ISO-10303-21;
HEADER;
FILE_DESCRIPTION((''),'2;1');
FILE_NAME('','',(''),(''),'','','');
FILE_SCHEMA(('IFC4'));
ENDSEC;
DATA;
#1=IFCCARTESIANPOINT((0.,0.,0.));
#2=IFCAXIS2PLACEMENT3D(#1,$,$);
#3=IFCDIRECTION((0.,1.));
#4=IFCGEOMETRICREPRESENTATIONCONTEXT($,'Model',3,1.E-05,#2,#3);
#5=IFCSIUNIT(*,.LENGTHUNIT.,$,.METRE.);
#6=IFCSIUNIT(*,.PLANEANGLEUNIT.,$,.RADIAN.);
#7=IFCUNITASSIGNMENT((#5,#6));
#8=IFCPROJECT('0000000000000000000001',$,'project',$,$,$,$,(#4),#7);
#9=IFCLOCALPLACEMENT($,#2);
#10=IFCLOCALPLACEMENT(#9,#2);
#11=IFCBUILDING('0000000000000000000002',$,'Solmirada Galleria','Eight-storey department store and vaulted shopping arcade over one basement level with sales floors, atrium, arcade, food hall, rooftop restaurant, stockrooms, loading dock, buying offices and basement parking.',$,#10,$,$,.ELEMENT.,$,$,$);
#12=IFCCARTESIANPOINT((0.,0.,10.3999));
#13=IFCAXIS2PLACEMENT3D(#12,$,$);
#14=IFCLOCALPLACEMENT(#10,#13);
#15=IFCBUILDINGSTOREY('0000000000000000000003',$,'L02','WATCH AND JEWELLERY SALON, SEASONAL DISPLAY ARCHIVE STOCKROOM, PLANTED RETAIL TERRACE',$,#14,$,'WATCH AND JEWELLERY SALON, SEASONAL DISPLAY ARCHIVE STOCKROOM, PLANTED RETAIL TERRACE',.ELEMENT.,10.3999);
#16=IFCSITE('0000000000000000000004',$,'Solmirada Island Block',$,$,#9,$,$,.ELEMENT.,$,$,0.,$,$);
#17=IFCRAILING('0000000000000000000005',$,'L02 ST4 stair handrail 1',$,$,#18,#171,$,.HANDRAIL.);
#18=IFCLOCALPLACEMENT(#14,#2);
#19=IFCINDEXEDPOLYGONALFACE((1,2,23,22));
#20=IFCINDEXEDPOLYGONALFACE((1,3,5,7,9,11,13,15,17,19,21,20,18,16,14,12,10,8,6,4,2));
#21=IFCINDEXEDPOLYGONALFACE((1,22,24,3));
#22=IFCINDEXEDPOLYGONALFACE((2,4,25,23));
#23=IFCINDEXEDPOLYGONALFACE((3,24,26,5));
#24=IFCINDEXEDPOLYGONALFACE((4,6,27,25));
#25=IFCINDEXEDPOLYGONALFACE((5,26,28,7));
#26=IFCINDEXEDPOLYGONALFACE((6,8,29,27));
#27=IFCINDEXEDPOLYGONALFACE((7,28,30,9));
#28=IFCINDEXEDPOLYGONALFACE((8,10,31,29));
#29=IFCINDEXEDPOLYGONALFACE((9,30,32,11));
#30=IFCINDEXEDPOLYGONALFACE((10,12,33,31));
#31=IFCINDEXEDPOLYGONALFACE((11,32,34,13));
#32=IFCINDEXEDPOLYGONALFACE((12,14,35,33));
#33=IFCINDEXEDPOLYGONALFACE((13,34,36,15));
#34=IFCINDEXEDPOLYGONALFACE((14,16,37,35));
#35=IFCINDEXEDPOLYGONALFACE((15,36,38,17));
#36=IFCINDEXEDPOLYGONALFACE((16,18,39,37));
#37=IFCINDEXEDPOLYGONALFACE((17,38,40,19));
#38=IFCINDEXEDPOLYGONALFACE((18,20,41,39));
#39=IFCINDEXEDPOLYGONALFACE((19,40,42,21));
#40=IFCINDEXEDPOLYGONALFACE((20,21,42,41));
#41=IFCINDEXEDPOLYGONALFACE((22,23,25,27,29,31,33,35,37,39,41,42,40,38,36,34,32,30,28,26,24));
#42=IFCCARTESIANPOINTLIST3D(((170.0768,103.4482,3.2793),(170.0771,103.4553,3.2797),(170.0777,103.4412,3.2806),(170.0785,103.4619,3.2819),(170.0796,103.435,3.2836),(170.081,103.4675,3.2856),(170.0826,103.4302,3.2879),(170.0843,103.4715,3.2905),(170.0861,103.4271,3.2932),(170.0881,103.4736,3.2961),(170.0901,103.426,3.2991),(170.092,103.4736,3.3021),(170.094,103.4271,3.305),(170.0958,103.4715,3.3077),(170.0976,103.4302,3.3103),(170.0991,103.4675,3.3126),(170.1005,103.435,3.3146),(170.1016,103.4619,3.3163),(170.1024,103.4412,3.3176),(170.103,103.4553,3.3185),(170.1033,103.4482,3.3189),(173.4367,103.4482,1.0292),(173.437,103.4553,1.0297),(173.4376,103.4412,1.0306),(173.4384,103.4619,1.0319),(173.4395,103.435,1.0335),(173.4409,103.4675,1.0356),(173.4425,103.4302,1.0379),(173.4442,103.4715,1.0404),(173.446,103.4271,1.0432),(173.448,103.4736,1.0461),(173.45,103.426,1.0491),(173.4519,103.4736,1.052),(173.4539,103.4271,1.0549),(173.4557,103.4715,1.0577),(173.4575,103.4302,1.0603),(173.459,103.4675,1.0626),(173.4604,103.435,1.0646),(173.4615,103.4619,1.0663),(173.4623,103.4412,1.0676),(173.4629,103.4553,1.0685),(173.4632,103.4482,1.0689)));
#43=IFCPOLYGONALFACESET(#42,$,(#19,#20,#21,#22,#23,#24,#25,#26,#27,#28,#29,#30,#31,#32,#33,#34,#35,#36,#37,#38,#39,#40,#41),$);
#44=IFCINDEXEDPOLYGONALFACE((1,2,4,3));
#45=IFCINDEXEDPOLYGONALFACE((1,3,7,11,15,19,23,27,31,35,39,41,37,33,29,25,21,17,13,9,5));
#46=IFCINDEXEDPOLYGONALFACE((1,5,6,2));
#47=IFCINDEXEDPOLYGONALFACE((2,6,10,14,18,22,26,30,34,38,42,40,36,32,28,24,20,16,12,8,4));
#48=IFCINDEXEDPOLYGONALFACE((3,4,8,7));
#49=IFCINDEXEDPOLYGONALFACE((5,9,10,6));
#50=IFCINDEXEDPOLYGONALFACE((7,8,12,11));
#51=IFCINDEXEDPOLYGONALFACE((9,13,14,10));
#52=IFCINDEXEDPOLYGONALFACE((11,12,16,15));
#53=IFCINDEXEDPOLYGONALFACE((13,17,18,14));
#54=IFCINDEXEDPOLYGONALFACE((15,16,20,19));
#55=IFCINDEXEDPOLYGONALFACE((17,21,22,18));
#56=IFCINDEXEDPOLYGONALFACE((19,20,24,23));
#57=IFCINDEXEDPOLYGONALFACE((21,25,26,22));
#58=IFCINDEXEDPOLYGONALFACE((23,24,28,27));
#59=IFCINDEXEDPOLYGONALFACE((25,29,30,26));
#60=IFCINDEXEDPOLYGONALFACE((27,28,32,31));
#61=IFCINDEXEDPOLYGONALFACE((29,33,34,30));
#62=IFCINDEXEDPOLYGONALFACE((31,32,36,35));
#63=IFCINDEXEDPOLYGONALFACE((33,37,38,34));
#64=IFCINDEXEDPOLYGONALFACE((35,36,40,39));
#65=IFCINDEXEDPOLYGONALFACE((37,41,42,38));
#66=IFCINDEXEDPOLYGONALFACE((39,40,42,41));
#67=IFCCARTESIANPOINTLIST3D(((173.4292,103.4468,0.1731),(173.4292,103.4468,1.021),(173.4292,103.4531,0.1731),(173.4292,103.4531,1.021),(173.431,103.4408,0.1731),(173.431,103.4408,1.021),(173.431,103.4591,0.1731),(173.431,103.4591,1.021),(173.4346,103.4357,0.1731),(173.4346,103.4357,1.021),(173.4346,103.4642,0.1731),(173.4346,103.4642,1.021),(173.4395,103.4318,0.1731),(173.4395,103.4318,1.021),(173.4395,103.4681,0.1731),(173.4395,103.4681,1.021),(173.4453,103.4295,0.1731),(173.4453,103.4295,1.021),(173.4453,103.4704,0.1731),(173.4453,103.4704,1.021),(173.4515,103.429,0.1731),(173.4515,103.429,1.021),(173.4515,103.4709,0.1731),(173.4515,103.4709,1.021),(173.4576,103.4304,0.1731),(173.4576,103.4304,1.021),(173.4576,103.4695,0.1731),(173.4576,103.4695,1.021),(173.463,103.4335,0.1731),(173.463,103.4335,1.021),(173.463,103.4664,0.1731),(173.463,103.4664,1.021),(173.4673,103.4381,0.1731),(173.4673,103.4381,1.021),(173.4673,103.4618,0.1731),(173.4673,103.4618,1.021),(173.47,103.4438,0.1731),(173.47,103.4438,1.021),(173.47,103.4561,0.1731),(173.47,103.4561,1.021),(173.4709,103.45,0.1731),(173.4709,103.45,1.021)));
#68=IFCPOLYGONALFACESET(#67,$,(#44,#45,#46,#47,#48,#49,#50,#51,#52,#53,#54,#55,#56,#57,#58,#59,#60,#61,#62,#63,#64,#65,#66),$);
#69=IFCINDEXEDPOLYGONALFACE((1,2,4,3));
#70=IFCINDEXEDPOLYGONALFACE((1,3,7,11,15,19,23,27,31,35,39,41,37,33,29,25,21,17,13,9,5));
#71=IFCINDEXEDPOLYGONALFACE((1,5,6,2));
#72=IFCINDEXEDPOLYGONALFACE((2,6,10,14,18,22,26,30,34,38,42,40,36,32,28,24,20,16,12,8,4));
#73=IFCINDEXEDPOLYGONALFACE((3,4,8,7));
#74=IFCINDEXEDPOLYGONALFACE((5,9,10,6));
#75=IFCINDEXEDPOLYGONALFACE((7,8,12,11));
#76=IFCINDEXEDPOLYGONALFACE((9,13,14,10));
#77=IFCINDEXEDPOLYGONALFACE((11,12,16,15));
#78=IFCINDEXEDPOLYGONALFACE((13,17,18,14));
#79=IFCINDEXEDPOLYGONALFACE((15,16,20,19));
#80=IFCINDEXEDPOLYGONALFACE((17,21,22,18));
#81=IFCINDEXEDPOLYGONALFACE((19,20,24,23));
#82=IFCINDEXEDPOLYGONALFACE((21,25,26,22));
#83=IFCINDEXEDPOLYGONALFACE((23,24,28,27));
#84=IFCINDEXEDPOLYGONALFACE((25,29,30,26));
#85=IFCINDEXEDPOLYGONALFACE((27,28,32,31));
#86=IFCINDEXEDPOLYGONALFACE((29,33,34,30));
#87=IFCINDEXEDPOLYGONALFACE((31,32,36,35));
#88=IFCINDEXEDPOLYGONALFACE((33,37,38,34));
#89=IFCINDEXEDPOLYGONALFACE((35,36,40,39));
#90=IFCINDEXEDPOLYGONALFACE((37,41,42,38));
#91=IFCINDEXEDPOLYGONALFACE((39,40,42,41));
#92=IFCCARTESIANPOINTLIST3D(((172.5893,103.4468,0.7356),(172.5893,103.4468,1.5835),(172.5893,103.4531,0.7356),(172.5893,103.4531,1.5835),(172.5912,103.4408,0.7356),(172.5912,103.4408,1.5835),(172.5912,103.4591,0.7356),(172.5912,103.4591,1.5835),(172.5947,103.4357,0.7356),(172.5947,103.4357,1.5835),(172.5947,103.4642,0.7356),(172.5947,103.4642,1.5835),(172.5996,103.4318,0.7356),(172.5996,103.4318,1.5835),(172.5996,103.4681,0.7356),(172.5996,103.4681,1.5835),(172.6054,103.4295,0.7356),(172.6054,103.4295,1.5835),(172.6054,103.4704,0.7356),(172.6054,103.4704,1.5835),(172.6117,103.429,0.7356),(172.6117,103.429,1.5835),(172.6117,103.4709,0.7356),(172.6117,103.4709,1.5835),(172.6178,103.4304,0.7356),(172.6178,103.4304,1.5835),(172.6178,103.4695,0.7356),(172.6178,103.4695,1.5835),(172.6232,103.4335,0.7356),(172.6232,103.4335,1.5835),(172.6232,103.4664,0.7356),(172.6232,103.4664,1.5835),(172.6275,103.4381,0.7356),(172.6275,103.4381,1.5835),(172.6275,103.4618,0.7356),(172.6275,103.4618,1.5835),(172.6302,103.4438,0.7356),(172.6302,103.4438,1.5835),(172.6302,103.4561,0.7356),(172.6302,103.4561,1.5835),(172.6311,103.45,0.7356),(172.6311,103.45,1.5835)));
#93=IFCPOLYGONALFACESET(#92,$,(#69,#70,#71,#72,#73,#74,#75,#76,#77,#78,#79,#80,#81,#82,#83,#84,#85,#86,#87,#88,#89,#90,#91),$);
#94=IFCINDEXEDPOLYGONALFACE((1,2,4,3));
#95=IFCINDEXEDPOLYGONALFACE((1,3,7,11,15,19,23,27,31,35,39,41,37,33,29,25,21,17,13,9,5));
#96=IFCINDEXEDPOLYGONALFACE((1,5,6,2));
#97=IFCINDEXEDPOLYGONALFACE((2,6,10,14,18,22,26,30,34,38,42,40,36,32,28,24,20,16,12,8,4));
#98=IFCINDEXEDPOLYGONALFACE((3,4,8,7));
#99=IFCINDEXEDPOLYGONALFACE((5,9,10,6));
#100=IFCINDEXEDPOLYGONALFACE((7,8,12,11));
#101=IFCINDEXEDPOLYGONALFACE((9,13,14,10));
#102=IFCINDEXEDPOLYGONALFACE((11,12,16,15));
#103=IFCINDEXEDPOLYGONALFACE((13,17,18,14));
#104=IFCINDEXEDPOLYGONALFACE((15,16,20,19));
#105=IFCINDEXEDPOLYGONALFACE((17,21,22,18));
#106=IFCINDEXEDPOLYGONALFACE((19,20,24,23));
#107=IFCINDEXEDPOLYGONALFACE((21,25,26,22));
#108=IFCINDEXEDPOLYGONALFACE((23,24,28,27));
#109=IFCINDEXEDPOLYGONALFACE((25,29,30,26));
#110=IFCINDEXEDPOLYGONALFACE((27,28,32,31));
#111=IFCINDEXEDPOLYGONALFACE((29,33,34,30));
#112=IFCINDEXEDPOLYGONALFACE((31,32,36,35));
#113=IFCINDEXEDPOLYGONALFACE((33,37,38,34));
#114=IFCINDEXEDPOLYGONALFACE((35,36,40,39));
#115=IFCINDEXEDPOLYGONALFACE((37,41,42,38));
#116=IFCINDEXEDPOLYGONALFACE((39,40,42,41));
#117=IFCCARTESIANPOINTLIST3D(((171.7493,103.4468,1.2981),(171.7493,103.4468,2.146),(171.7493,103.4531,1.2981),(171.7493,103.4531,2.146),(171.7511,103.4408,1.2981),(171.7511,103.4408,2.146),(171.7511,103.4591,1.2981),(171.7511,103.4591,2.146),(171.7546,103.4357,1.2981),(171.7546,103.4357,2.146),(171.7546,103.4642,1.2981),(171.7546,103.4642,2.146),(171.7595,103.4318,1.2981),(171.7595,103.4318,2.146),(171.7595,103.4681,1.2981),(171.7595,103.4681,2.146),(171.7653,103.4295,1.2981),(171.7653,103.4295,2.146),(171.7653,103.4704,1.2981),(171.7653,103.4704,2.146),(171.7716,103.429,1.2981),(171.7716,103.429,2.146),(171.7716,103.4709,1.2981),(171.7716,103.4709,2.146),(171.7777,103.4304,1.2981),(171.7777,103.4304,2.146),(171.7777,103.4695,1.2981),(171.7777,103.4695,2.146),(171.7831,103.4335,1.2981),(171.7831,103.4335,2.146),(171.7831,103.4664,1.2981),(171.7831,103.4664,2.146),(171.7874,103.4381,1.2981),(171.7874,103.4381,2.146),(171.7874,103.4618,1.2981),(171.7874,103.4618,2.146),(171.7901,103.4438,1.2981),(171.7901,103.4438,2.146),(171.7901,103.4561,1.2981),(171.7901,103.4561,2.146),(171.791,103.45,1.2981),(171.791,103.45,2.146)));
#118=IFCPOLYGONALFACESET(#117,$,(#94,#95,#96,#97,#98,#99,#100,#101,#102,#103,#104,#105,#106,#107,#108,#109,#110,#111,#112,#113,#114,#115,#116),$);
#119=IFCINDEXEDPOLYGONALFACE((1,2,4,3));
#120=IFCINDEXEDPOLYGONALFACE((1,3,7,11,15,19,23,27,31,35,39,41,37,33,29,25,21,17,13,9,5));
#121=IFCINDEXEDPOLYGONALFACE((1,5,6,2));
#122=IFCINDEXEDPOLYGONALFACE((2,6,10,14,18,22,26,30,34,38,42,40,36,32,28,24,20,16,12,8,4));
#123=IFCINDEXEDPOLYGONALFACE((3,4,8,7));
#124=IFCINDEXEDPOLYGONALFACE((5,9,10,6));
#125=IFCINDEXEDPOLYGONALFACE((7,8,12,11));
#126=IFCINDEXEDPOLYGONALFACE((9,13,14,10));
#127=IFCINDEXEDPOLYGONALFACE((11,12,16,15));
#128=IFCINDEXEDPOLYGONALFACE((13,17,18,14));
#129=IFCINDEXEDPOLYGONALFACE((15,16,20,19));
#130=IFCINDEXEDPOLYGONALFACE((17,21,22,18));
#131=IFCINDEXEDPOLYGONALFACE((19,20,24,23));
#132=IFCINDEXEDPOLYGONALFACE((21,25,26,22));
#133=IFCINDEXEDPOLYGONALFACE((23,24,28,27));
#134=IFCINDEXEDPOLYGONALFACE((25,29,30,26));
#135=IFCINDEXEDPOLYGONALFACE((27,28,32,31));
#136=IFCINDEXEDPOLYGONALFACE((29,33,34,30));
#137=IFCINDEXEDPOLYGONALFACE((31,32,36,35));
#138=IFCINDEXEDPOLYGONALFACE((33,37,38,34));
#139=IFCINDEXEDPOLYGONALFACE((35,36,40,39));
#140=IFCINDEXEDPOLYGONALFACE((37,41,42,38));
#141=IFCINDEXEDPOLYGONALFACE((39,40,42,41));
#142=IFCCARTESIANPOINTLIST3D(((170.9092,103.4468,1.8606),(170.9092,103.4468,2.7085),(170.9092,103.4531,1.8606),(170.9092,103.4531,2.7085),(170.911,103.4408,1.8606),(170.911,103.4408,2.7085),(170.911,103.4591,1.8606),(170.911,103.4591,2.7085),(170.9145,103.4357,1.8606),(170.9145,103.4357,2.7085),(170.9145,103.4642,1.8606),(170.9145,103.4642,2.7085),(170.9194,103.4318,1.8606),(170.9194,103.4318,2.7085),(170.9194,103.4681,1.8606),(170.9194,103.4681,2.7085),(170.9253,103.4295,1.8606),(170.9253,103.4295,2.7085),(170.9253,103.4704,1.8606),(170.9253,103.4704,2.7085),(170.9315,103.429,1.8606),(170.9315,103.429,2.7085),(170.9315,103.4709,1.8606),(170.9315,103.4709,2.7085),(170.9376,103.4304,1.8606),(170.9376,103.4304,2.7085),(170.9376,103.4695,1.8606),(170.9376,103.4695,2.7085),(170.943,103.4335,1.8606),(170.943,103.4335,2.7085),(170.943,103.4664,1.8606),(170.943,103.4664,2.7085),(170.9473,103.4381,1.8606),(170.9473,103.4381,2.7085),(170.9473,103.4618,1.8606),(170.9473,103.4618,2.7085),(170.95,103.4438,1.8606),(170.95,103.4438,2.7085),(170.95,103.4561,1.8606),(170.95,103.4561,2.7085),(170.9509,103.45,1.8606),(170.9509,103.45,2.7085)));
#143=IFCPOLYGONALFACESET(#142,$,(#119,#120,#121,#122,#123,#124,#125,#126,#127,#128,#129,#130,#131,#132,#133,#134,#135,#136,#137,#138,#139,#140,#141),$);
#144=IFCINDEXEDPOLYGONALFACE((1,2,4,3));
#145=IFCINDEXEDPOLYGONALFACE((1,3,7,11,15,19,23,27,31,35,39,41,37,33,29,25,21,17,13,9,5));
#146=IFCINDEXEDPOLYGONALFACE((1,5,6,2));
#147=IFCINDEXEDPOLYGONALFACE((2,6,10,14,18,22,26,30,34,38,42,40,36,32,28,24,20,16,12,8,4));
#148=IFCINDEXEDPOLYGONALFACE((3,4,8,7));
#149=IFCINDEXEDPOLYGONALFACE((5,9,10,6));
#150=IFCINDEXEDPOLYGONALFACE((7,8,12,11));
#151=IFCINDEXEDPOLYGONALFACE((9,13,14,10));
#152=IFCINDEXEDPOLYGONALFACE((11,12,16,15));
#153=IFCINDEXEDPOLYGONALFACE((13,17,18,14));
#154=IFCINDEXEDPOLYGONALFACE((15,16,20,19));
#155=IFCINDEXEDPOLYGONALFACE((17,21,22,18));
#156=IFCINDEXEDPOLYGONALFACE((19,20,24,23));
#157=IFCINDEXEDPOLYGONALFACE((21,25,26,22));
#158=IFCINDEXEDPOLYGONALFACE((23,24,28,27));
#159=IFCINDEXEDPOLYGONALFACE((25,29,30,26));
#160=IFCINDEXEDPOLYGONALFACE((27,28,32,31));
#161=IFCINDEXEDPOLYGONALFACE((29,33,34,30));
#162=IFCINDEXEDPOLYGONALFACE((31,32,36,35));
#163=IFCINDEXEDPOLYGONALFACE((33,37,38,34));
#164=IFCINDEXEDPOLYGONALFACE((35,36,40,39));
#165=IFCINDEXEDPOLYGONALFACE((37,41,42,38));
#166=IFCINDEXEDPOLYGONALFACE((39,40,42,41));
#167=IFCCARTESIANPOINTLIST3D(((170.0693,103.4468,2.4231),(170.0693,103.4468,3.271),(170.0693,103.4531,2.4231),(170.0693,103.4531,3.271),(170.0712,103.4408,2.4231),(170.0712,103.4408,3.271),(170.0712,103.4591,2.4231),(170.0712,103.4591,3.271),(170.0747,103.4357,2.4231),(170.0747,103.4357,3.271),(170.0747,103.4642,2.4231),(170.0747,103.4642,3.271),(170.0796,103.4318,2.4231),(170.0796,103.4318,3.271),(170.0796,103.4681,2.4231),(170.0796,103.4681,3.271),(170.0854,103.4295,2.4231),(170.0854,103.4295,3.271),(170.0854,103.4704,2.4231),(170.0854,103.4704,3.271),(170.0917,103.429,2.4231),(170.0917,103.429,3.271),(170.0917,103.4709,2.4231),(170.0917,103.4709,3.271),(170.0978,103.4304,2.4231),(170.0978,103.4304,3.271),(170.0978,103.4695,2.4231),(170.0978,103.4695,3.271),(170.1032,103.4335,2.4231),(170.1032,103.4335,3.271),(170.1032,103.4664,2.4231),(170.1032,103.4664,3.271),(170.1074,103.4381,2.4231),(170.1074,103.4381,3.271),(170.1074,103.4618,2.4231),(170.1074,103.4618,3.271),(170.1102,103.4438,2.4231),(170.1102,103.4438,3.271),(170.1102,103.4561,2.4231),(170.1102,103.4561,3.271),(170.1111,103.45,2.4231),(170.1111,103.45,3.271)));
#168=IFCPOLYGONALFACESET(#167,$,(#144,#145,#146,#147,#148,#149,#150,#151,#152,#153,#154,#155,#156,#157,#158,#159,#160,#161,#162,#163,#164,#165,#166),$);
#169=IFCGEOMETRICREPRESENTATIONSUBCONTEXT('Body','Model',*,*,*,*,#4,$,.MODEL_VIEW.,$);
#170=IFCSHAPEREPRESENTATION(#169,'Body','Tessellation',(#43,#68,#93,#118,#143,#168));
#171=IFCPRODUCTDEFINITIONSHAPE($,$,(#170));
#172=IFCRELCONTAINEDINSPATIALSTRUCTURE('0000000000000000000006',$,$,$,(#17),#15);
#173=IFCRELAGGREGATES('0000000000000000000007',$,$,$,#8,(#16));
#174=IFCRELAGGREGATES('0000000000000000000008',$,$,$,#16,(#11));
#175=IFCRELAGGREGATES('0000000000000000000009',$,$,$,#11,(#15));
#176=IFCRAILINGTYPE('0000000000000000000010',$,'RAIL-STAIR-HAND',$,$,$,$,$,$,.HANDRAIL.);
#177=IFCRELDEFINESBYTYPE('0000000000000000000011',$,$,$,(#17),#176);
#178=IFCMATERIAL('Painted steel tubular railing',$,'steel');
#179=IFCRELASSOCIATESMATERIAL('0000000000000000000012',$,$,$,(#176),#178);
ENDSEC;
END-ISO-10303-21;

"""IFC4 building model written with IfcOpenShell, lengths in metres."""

from ifc_helpers import new_model, si_unit, direction, frame, origin, origin_2d, place, context, subcontext, project, spatial, circle, extrude, material, type_object, element, save


model = new_model("IFC4")

# Units and contexts
model_context = context("Model", 3, precision=1e-05, world=origin(), true_north=direction((0.0, 1.0)))
body_context = subcontext(model_context, "Body", "Model", "MODEL_VIEW")
ifc_project = project(units=[si_unit("LENGTHUNIT", "METRE"), si_unit("PLANEANGLEUNIT", "RADIAN")], contexts=[model_context])

# Site, building, storey
site_placement = place(None, origin())
site = spatial("IfcSite", under=ifc_project, at=site_placement, Name="Solmirada Island Block", CompositionType="ELEMENT", RefElevation=0.0)
building_placement = place(site_placement, origin())
building = spatial("IfcBuilding", under=site, at=building_placement, Name="Solmirada Galleria", Description="Eight-storey department store and vaulted shopping arcade over one basement level with sales floors, atrium, arcade, food hall, rooftop restaurant, stockrooms, loading dock, buying offices and basement parking.", CompositionType="ELEMENT")
storey_placement = place(building_placement, frame((0.0, 0.0, 10.3999)))
storey = spatial("IfcBuildingStorey", under=building, at=storey_placement, Name="L02", Description="WATCH AND JEWELLERY SALON, SEASONAL DISPLAY ARCHIVE STOCKROOM, PLANTED RETAIL TERRACE", LongName="WATCH AND JEWELLERY SALON, SEASONAL DISPLAY ARCHIVE STOCKROOM, PLANTED RETAIL TERRACE", CompositionType="ELEMENT", Elevation=10.3999)

# Railing
ifc_material_1 = material(Name="Painted steel tubular railing", Category="steel")
railing_type_1 = type_object("IfcRailingType", Name="RAIL-STAIR-HAND", PredefinedType="HANDRAIL", material=ifc_material_1)
railing_1_placement = place(storey_placement, frame((173.45, 103.45, 0.1731)))
element("IfcRailing", 1, at=railing_1_placement, inside=storey, type_object=railing_type_1, Name="L02 ST4 stair handrail 1", PredefinedType="HANDRAIL", context=body_context, shape_type="SweptSolid", body=[
    extrude(circle(Radius=0.0239, at=origin_2d()), frame((0.0, 0.0, 0.876), z_axis=(-0.830897, 0.0, 0.556427), x_axis=(0.0, -1.0, 0.0)), (0.0, 0.0, 1.0), 4.0437),
    extrude(circle(Radius=0.021, at=origin_2d()), origin(), (0.0, 0.0, 1.0), 0.8479),
    extrude(circle(Radius=0.021, at=origin_2d()), frame((-0.8398, 0.0, 0.5625)), (0.0, 0.0, 1.0), 0.8479),
    extrude(circle(Radius=0.021, at=origin_2d()), frame((-1.6799, 0.0, 1.125)), (0.0, 0.0, 1.0), 0.8479),
    extrude(circle(Radius=0.021, at=origin_2d()), frame((-2.52, 0.0, 1.6875)), (0.0, 0.0, 1.0), 0.8479),
    extrude(circle(Radius=0.021, at=origin_2d()), frame((-3.3599, 0.0, 2.25)), (0.0, 0.0, 1.0), 0.8479),
])

save(model, "model.ifc")
